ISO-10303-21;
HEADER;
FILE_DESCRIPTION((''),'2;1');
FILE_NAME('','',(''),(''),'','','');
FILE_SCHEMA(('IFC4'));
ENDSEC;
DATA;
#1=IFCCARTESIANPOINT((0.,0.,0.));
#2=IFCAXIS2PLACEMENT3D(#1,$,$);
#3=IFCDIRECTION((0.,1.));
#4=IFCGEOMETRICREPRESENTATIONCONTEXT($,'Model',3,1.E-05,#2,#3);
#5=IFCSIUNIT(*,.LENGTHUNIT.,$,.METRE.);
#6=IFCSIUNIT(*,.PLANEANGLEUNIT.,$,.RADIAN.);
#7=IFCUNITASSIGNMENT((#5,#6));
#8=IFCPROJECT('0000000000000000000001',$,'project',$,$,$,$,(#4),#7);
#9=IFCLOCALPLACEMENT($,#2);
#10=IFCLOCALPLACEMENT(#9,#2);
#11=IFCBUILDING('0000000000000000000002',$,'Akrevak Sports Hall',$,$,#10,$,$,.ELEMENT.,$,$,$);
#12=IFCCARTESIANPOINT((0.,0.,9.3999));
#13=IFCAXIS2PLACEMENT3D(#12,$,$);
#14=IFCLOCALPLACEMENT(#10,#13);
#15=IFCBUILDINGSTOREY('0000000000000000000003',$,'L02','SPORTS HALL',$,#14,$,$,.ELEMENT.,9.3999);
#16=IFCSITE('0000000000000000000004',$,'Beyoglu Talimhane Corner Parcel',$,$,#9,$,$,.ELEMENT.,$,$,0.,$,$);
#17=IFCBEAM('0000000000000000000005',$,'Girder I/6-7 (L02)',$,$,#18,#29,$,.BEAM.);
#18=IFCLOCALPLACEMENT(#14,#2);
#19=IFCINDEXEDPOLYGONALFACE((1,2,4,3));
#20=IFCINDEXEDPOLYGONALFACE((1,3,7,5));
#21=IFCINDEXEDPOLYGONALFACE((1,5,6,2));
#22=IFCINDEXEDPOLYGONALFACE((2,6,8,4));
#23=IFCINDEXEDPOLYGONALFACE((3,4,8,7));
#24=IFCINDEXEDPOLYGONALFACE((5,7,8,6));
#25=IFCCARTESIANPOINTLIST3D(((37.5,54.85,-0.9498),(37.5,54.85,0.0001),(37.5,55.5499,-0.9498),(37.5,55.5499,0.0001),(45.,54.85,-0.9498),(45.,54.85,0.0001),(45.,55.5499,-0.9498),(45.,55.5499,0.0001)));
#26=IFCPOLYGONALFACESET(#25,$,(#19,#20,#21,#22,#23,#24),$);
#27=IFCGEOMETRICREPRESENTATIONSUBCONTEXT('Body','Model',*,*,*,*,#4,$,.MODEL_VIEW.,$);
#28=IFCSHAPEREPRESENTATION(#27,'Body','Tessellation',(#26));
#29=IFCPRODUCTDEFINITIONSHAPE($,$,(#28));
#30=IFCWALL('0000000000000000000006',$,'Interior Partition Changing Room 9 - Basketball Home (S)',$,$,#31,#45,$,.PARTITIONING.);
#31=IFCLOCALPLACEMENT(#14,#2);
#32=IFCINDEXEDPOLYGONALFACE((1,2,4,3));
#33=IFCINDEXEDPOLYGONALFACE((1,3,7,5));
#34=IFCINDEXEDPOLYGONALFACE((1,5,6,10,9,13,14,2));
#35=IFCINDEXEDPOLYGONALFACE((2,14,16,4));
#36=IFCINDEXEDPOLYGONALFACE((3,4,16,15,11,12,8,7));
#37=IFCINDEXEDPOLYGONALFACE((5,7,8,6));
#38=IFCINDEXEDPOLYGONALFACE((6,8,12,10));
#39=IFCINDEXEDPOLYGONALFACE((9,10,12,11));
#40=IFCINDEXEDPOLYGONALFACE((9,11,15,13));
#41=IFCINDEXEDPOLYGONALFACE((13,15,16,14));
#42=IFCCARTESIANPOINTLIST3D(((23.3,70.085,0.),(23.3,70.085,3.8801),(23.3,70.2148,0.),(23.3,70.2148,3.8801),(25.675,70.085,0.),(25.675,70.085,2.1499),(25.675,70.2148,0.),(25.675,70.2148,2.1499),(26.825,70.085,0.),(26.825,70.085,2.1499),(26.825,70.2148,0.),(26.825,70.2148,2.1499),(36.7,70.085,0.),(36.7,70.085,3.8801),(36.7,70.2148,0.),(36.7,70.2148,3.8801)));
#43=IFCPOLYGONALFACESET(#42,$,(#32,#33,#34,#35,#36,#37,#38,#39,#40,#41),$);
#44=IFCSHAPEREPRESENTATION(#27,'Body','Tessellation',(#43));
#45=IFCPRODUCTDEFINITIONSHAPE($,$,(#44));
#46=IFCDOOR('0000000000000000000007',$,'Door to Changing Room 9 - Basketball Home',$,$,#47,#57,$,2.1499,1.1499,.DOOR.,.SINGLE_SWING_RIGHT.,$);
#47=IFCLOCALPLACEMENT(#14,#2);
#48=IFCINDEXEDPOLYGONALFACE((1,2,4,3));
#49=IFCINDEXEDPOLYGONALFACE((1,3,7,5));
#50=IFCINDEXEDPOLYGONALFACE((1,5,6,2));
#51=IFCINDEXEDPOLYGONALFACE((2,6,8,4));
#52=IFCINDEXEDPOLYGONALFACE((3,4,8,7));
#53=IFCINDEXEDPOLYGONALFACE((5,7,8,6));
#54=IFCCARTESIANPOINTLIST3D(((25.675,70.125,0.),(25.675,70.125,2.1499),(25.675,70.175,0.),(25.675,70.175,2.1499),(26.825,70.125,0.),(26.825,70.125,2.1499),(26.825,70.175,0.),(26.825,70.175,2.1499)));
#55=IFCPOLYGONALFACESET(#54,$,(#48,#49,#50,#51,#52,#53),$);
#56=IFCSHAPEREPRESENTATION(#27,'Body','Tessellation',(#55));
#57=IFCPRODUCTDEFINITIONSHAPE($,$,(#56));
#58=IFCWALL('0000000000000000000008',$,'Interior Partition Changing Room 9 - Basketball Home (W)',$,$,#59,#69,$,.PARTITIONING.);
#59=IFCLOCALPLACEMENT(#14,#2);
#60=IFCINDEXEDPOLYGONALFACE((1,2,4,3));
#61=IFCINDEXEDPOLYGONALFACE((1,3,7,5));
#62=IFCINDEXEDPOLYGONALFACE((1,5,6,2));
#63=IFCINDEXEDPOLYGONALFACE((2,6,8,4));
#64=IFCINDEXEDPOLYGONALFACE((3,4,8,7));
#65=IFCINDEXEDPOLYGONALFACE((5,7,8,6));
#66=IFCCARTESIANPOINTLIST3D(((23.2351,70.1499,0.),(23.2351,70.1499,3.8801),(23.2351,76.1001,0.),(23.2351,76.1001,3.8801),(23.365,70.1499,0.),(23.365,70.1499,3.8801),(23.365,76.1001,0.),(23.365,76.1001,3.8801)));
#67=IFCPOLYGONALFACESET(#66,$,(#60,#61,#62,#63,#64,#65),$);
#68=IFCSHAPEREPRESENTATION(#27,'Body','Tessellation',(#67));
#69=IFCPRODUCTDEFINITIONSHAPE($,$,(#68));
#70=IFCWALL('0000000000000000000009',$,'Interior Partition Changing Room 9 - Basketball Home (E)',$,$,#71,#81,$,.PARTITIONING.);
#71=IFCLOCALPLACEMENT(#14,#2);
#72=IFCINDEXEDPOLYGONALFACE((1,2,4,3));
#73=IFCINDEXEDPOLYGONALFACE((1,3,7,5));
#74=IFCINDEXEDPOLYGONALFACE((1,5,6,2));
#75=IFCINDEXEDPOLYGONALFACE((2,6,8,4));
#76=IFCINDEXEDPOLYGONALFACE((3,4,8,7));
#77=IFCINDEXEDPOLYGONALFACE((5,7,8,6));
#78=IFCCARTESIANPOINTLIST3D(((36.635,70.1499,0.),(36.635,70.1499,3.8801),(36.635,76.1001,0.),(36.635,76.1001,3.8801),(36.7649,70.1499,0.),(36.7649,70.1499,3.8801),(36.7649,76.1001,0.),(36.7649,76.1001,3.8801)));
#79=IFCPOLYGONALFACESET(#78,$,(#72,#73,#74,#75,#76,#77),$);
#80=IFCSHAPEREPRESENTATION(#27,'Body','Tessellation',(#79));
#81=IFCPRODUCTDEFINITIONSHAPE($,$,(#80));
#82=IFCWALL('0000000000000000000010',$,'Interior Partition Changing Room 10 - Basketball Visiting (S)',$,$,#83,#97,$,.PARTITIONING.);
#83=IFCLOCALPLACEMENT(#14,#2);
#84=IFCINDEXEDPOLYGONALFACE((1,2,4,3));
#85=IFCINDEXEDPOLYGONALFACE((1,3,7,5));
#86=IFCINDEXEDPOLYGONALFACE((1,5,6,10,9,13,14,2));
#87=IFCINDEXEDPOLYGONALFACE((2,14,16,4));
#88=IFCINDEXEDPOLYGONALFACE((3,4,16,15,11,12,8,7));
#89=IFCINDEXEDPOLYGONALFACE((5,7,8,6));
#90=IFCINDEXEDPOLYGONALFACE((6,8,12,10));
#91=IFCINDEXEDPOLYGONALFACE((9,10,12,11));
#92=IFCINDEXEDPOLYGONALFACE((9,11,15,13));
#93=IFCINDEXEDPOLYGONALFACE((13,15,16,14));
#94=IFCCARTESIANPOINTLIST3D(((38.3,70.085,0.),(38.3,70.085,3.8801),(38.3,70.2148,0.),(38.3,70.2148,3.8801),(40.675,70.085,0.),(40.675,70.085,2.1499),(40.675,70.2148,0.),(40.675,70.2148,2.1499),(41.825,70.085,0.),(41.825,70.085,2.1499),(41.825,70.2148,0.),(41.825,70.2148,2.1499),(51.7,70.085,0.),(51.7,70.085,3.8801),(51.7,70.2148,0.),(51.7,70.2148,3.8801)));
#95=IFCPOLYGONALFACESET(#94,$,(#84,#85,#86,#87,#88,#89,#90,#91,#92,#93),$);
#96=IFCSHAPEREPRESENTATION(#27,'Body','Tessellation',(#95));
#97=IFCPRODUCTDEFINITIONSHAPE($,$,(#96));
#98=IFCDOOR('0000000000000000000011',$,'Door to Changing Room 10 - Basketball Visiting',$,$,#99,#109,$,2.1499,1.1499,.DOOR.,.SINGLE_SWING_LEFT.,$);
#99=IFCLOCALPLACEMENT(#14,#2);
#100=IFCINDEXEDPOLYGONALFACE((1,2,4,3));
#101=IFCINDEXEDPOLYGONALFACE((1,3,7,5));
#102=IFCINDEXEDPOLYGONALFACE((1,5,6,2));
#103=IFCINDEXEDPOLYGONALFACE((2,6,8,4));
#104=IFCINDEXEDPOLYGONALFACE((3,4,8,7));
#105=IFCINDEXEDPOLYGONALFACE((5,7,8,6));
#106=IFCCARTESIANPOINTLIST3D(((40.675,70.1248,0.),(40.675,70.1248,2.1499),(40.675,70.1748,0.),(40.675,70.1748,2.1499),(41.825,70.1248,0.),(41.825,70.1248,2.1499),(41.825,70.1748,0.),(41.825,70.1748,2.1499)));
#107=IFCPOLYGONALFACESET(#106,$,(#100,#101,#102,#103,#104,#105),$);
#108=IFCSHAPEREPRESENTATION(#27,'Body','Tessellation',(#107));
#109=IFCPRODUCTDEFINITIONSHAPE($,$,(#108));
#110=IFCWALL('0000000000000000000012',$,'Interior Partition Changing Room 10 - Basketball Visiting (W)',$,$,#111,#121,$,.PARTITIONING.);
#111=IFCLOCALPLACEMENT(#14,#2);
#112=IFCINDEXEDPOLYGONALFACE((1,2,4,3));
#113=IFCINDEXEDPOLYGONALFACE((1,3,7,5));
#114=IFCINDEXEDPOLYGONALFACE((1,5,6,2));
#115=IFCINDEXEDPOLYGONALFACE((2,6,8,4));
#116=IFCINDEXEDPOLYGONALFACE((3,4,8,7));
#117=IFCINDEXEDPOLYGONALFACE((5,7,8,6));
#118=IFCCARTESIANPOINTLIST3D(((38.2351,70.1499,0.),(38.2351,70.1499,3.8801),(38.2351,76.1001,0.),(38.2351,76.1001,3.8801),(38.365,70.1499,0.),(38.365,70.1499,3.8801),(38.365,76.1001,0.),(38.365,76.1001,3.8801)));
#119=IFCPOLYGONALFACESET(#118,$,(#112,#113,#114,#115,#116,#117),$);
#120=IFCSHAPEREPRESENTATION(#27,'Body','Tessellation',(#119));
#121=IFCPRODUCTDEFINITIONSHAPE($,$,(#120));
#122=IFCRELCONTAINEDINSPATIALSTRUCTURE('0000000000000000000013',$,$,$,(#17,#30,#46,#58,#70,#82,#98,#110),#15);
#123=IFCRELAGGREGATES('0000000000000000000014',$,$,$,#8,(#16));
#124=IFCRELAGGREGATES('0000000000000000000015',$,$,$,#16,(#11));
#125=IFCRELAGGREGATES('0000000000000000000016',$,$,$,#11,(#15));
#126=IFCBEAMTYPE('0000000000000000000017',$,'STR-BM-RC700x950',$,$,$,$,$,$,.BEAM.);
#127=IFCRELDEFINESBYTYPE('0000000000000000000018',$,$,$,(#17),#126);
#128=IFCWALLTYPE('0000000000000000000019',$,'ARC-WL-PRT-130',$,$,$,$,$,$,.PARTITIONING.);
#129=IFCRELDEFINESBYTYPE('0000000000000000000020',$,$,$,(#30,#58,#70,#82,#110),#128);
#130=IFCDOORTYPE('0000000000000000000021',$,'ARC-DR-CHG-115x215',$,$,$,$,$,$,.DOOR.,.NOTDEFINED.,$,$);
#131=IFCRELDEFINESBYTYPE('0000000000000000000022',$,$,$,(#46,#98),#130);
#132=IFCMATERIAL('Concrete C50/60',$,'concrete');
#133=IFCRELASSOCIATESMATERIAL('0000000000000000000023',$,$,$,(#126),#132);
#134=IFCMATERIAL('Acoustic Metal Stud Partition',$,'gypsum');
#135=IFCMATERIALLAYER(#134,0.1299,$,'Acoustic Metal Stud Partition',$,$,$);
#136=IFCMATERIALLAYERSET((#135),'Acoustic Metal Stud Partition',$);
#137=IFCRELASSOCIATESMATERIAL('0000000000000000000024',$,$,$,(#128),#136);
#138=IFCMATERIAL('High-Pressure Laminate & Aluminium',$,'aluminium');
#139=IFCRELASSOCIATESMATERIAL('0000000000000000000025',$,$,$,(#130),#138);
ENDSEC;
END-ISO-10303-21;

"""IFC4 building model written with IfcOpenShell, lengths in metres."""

from ifc_helpers import new_model, si_unit, direction, frame, frame_2d, origin, origin_2d, place, context, subcontext, project, spatial, rectangle, extrude, material, layer, layer_set, material_profile, profile_set, type_object, element, fill, save


model = new_model("IFC4")

# Units and contexts
model_context = context("Model", 3, precision=1e-05, world=origin(), true_north=direction((0.0, 1.0)))
body_context = subcontext(model_context, "Body", "Model", "MODEL_VIEW")
ifc_project = project(units=[si_unit("LENGTHUNIT", "METRE"), si_unit("PLANEANGLEUNIT", "RADIAN")], contexts=[model_context])

# Site, building, storey
site_placement = place(None, origin())
site = spatial("IfcSite", under=ifc_project, at=site_placement, Name="Beyoglu Talimhane Corner Parcel", CompositionType="ELEMENT", RefElevation=0.0)
building_placement = place(site_placement, origin())
building = spatial("IfcBuilding", under=site, at=building_placement, Name="Akrevak Sports Hall", CompositionType="ELEMENT")
storey_placement = place(building_placement, frame((0.0, 0.0, 9.3999)))
storey = spatial("IfcBuildingStorey", under=building, at=storey_placement, Name="L02", Description="SPORTS HALL", CompositionType="ELEMENT", Elevation=9.3999)

# Shared definitions
ifc_material_1 = material(Name="Concrete C50/60", Category="concrete")

# Beam
ifc_material_profile_1 = material_profile(ifc_material_1, rectangle(XDim=0.7, YDim=0.95, at=origin_2d()), Name="BM 700x950", Category="concrete")
ifc_profile_set_1 = profile_set([ifc_material_profile_1], Name="Concrete C50/60")
beam_type_1 = type_object("IfcBeamType", Name="STR-BM-RC700x950", PredefinedType="BEAM", material=ifc_profile_set_1)
beam_1_placement = place(storey_placement, frame((37.5, 55.2, -0.4749), z_axis=(1.0, 0.0, 0.0), x_axis=(0.0, 1.0, 0.0)))
element("IfcBeam", 1, at=beam_1_placement, inside=storey, type_object=beam_type_1, Name="Girder I/6-7 (L02)", PredefinedType="BEAM", context=body_context, shape_type="SweptSolid", body=[
    extrude(rectangle(XDim=0.7, YDim=0.95, at=origin_2d()), origin(), (0.0, 0.0, 1.0), 7.5),
])

# Wall, opening, door
ifc_material_2 = material(Name="Acoustic Metal Stud Partition", Category="gypsum")
ifc_layer = layer(ifc_material_2, 0.1299, Name="Acoustic Metal Stud Partition")
ifc_layer_set = layer_set([ifc_layer], Name="Acoustic Metal Stud Partition")
wall_type = type_object("IfcWallType", Name="ARC-WL-PRT-130", PredefinedType="PARTITIONING", material=ifc_layer_set)
wall_1_placement = place(storey_placement, frame((23.3, 70.1499, 0.0), z_axis=(0.0, 0.0, 1.0), x_axis=(1.0, 0.0, 0.0)))
wall_1 = element("IfcWall", 2, at=wall_1_placement, inside=storey, type_object=wall_type, Name="Interior Partition Changing Room 9 - Basketball Home (S)", PredefinedType="PARTITIONING", context=body_context, shape_type="SweptSolid", body=[
    extrude(rectangle(XDim=13.3999, YDim=0.1299, at=frame_2d((6.7, 0.0))), origin(), (0.0, 0.0, 1.0), 3.8801),
])
opening_1_placement = place(wall_1_placement, frame((2.375, 0.0, 0.0)))
opening_1 = element("IfcOpeningElement", 3, at=opening_1_placement, cuts=wall_1, PredefinedType="OPENING", context=body_context, shape_type="SweptSolid", body=[
    extrude(rectangle(XDim=1.1499, YDim=2.1499, at=frame_2d((0.575, 1.075))), frame((0.0, 0.0769, 0.0), z_axis=(0.0, -1.0, 0.0), x_axis=(1.0, 0.0, 0.0)), (0.0, 0.0, 1.0), 0.1538),
])
ifc_material_3 = material(Name="High-Pressure Laminate & Aluminium", Category="aluminium")
door_type = type_object("IfcDoorType", Name="ARC-DR-CHG-115x215", OperationType="NOTDEFINED", PredefinedType="DOOR", material=ifc_material_3)
door_1_placement = place(opening_1_placement, frame((1.1499, 0.0, 0.0), z_axis=(0.0, 0.0, 1.0), x_axis=(-1.0, 0.0, 0.0)))
door_1 = element("IfcDoor", 4, at=door_1_placement, inside=storey, type_object=door_type, Name="Door to Changing Room 9 - Basketball Home", OperationType="SINGLE_SWING_RIGHT", OverallHeight=2.1499, OverallWidth=1.1499, PredefinedType="DOOR", context=body_context, shape_type="SweptSolid", body=[
    extrude(rectangle(XDim=1.1499, YDim=2.1499, at=frame_2d((0.575, 1.075))), frame((0.0, 0.0249, 0.0), z_axis=(0.0, -1.0, 0.0), x_axis=(1.0, 0.0, 0.0)), (0.0, 0.0, 1.0), 0.05),
])
fill(opening_1, door_1)

# Walls
for number, where, z_axis, x_axis, name in (
    (5, (23.3, 70.1499, 0.0), (0.0, 0.0, 1.0), (0.0, 1.0, 0.0), "Interior Partition Changing Room 9 - Basketball Home (W)"),
    (6, (36.7, 70.1499, 0.0), (0.0, 0.0, 1.0), (0.0, 1.0, 0.0), "Interior Partition Changing Room 9 - Basketball Home (E)"),
):
    element("IfcWall", number, at=place(storey_placement, frame(where, z_axis=z_axis, x_axis=x_axis)), inside=storey, type_object=wall_type, Name=name, PredefinedType="PARTITIONING", context=body_context, shape_type="SweptSolid", body=[
        extrude(rectangle(XDim=5.9502, YDim=0.1299, at=frame_2d((2.9751, 0.0))), origin(), (0.0, 0.0, 1.0), 3.8801),
    ])

# Wall, opening, door
wall_2_placement = place(storey_placement, frame((38.3, 70.1499, 0.0), z_axis=(0.0, 0.0, 1.0), x_axis=(1.0, 0.0, 0.0)))
wall_2 = element("IfcWall", 7, at=wall_2_placement, inside=storey, type_object=wall_type, Name="Interior Partition Changing Room 10 - Basketball Visiting (S)", PredefinedType="PARTITIONING", context=body_context, shape_type="SweptSolid", body=[
    extrude(rectangle(XDim=13.3999, YDim=0.1299, at=frame_2d((6.7, 0.0))), origin(), (0.0, 0.0, 1.0), 3.8801),
])
opening_2_placement = place(wall_2_placement, frame((2.375, 0.0, 0.0)))
opening_2 = element("IfcOpeningElement", 8, at=opening_2_placement, cuts=wall_2, PredefinedType="OPENING", context=body_context, shape_type="SweptSolid", body=[
    extrude(rectangle(XDim=1.1499, YDim=2.1499, at=frame_2d((0.575, 1.075))), frame((0.0, 0.0769, 0.0), z_axis=(0.0, -1.0, 0.0), x_axis=(1.0, 0.0, 0.0)), (0.0, 0.0, 1.0), 0.1538),
])
door_2_placement = place(opening_2_placement, origin())
door_2 = element("IfcDoor", 9, at=door_2_placement, inside=storey, type_object=door_type, Name="Door to Changing Room 10 - Basketball Visiting", OperationType="SINGLE_SWING_LEFT", OverallHeight=2.1499, OverallWidth=1.1499, PredefinedType="DOOR", context=body_context, shape_type="SweptSolid", body=[
    extrude(rectangle(XDim=1.1499, YDim=2.1499, at=frame_2d((0.575, 1.075))), frame((0.0, 0.0249, 0.0), z_axis=(0.0, -1.0, 0.0), x_axis=(1.0, 0.0, 0.0)), (0.0, 0.0, 1.0), 0.05),
])
fill(opening_2, door_2)

# Wall
wall_3_placement = place(storey_placement, frame((38.3, 70.1499, 0.0), z_axis=(0.0, 0.0, 1.0), x_axis=(0.0, 1.0, 0.0)))
element("IfcWall", 10, at=wall_3_placement, inside=storey, type_object=wall_type, Name="Interior Partition Changing Room 10 - Basketball Visiting (W)", PredefinedType="PARTITIONING", context=body_context, shape_type="SweptSolid", body=[
    extrude(rectangle(XDim=5.9502, YDim=0.1299, at=frame_2d((2.9751, 0.0))), origin(), (0.0, 0.0, 1.0), 3.8801),
])

save(model, "model.ifc")
